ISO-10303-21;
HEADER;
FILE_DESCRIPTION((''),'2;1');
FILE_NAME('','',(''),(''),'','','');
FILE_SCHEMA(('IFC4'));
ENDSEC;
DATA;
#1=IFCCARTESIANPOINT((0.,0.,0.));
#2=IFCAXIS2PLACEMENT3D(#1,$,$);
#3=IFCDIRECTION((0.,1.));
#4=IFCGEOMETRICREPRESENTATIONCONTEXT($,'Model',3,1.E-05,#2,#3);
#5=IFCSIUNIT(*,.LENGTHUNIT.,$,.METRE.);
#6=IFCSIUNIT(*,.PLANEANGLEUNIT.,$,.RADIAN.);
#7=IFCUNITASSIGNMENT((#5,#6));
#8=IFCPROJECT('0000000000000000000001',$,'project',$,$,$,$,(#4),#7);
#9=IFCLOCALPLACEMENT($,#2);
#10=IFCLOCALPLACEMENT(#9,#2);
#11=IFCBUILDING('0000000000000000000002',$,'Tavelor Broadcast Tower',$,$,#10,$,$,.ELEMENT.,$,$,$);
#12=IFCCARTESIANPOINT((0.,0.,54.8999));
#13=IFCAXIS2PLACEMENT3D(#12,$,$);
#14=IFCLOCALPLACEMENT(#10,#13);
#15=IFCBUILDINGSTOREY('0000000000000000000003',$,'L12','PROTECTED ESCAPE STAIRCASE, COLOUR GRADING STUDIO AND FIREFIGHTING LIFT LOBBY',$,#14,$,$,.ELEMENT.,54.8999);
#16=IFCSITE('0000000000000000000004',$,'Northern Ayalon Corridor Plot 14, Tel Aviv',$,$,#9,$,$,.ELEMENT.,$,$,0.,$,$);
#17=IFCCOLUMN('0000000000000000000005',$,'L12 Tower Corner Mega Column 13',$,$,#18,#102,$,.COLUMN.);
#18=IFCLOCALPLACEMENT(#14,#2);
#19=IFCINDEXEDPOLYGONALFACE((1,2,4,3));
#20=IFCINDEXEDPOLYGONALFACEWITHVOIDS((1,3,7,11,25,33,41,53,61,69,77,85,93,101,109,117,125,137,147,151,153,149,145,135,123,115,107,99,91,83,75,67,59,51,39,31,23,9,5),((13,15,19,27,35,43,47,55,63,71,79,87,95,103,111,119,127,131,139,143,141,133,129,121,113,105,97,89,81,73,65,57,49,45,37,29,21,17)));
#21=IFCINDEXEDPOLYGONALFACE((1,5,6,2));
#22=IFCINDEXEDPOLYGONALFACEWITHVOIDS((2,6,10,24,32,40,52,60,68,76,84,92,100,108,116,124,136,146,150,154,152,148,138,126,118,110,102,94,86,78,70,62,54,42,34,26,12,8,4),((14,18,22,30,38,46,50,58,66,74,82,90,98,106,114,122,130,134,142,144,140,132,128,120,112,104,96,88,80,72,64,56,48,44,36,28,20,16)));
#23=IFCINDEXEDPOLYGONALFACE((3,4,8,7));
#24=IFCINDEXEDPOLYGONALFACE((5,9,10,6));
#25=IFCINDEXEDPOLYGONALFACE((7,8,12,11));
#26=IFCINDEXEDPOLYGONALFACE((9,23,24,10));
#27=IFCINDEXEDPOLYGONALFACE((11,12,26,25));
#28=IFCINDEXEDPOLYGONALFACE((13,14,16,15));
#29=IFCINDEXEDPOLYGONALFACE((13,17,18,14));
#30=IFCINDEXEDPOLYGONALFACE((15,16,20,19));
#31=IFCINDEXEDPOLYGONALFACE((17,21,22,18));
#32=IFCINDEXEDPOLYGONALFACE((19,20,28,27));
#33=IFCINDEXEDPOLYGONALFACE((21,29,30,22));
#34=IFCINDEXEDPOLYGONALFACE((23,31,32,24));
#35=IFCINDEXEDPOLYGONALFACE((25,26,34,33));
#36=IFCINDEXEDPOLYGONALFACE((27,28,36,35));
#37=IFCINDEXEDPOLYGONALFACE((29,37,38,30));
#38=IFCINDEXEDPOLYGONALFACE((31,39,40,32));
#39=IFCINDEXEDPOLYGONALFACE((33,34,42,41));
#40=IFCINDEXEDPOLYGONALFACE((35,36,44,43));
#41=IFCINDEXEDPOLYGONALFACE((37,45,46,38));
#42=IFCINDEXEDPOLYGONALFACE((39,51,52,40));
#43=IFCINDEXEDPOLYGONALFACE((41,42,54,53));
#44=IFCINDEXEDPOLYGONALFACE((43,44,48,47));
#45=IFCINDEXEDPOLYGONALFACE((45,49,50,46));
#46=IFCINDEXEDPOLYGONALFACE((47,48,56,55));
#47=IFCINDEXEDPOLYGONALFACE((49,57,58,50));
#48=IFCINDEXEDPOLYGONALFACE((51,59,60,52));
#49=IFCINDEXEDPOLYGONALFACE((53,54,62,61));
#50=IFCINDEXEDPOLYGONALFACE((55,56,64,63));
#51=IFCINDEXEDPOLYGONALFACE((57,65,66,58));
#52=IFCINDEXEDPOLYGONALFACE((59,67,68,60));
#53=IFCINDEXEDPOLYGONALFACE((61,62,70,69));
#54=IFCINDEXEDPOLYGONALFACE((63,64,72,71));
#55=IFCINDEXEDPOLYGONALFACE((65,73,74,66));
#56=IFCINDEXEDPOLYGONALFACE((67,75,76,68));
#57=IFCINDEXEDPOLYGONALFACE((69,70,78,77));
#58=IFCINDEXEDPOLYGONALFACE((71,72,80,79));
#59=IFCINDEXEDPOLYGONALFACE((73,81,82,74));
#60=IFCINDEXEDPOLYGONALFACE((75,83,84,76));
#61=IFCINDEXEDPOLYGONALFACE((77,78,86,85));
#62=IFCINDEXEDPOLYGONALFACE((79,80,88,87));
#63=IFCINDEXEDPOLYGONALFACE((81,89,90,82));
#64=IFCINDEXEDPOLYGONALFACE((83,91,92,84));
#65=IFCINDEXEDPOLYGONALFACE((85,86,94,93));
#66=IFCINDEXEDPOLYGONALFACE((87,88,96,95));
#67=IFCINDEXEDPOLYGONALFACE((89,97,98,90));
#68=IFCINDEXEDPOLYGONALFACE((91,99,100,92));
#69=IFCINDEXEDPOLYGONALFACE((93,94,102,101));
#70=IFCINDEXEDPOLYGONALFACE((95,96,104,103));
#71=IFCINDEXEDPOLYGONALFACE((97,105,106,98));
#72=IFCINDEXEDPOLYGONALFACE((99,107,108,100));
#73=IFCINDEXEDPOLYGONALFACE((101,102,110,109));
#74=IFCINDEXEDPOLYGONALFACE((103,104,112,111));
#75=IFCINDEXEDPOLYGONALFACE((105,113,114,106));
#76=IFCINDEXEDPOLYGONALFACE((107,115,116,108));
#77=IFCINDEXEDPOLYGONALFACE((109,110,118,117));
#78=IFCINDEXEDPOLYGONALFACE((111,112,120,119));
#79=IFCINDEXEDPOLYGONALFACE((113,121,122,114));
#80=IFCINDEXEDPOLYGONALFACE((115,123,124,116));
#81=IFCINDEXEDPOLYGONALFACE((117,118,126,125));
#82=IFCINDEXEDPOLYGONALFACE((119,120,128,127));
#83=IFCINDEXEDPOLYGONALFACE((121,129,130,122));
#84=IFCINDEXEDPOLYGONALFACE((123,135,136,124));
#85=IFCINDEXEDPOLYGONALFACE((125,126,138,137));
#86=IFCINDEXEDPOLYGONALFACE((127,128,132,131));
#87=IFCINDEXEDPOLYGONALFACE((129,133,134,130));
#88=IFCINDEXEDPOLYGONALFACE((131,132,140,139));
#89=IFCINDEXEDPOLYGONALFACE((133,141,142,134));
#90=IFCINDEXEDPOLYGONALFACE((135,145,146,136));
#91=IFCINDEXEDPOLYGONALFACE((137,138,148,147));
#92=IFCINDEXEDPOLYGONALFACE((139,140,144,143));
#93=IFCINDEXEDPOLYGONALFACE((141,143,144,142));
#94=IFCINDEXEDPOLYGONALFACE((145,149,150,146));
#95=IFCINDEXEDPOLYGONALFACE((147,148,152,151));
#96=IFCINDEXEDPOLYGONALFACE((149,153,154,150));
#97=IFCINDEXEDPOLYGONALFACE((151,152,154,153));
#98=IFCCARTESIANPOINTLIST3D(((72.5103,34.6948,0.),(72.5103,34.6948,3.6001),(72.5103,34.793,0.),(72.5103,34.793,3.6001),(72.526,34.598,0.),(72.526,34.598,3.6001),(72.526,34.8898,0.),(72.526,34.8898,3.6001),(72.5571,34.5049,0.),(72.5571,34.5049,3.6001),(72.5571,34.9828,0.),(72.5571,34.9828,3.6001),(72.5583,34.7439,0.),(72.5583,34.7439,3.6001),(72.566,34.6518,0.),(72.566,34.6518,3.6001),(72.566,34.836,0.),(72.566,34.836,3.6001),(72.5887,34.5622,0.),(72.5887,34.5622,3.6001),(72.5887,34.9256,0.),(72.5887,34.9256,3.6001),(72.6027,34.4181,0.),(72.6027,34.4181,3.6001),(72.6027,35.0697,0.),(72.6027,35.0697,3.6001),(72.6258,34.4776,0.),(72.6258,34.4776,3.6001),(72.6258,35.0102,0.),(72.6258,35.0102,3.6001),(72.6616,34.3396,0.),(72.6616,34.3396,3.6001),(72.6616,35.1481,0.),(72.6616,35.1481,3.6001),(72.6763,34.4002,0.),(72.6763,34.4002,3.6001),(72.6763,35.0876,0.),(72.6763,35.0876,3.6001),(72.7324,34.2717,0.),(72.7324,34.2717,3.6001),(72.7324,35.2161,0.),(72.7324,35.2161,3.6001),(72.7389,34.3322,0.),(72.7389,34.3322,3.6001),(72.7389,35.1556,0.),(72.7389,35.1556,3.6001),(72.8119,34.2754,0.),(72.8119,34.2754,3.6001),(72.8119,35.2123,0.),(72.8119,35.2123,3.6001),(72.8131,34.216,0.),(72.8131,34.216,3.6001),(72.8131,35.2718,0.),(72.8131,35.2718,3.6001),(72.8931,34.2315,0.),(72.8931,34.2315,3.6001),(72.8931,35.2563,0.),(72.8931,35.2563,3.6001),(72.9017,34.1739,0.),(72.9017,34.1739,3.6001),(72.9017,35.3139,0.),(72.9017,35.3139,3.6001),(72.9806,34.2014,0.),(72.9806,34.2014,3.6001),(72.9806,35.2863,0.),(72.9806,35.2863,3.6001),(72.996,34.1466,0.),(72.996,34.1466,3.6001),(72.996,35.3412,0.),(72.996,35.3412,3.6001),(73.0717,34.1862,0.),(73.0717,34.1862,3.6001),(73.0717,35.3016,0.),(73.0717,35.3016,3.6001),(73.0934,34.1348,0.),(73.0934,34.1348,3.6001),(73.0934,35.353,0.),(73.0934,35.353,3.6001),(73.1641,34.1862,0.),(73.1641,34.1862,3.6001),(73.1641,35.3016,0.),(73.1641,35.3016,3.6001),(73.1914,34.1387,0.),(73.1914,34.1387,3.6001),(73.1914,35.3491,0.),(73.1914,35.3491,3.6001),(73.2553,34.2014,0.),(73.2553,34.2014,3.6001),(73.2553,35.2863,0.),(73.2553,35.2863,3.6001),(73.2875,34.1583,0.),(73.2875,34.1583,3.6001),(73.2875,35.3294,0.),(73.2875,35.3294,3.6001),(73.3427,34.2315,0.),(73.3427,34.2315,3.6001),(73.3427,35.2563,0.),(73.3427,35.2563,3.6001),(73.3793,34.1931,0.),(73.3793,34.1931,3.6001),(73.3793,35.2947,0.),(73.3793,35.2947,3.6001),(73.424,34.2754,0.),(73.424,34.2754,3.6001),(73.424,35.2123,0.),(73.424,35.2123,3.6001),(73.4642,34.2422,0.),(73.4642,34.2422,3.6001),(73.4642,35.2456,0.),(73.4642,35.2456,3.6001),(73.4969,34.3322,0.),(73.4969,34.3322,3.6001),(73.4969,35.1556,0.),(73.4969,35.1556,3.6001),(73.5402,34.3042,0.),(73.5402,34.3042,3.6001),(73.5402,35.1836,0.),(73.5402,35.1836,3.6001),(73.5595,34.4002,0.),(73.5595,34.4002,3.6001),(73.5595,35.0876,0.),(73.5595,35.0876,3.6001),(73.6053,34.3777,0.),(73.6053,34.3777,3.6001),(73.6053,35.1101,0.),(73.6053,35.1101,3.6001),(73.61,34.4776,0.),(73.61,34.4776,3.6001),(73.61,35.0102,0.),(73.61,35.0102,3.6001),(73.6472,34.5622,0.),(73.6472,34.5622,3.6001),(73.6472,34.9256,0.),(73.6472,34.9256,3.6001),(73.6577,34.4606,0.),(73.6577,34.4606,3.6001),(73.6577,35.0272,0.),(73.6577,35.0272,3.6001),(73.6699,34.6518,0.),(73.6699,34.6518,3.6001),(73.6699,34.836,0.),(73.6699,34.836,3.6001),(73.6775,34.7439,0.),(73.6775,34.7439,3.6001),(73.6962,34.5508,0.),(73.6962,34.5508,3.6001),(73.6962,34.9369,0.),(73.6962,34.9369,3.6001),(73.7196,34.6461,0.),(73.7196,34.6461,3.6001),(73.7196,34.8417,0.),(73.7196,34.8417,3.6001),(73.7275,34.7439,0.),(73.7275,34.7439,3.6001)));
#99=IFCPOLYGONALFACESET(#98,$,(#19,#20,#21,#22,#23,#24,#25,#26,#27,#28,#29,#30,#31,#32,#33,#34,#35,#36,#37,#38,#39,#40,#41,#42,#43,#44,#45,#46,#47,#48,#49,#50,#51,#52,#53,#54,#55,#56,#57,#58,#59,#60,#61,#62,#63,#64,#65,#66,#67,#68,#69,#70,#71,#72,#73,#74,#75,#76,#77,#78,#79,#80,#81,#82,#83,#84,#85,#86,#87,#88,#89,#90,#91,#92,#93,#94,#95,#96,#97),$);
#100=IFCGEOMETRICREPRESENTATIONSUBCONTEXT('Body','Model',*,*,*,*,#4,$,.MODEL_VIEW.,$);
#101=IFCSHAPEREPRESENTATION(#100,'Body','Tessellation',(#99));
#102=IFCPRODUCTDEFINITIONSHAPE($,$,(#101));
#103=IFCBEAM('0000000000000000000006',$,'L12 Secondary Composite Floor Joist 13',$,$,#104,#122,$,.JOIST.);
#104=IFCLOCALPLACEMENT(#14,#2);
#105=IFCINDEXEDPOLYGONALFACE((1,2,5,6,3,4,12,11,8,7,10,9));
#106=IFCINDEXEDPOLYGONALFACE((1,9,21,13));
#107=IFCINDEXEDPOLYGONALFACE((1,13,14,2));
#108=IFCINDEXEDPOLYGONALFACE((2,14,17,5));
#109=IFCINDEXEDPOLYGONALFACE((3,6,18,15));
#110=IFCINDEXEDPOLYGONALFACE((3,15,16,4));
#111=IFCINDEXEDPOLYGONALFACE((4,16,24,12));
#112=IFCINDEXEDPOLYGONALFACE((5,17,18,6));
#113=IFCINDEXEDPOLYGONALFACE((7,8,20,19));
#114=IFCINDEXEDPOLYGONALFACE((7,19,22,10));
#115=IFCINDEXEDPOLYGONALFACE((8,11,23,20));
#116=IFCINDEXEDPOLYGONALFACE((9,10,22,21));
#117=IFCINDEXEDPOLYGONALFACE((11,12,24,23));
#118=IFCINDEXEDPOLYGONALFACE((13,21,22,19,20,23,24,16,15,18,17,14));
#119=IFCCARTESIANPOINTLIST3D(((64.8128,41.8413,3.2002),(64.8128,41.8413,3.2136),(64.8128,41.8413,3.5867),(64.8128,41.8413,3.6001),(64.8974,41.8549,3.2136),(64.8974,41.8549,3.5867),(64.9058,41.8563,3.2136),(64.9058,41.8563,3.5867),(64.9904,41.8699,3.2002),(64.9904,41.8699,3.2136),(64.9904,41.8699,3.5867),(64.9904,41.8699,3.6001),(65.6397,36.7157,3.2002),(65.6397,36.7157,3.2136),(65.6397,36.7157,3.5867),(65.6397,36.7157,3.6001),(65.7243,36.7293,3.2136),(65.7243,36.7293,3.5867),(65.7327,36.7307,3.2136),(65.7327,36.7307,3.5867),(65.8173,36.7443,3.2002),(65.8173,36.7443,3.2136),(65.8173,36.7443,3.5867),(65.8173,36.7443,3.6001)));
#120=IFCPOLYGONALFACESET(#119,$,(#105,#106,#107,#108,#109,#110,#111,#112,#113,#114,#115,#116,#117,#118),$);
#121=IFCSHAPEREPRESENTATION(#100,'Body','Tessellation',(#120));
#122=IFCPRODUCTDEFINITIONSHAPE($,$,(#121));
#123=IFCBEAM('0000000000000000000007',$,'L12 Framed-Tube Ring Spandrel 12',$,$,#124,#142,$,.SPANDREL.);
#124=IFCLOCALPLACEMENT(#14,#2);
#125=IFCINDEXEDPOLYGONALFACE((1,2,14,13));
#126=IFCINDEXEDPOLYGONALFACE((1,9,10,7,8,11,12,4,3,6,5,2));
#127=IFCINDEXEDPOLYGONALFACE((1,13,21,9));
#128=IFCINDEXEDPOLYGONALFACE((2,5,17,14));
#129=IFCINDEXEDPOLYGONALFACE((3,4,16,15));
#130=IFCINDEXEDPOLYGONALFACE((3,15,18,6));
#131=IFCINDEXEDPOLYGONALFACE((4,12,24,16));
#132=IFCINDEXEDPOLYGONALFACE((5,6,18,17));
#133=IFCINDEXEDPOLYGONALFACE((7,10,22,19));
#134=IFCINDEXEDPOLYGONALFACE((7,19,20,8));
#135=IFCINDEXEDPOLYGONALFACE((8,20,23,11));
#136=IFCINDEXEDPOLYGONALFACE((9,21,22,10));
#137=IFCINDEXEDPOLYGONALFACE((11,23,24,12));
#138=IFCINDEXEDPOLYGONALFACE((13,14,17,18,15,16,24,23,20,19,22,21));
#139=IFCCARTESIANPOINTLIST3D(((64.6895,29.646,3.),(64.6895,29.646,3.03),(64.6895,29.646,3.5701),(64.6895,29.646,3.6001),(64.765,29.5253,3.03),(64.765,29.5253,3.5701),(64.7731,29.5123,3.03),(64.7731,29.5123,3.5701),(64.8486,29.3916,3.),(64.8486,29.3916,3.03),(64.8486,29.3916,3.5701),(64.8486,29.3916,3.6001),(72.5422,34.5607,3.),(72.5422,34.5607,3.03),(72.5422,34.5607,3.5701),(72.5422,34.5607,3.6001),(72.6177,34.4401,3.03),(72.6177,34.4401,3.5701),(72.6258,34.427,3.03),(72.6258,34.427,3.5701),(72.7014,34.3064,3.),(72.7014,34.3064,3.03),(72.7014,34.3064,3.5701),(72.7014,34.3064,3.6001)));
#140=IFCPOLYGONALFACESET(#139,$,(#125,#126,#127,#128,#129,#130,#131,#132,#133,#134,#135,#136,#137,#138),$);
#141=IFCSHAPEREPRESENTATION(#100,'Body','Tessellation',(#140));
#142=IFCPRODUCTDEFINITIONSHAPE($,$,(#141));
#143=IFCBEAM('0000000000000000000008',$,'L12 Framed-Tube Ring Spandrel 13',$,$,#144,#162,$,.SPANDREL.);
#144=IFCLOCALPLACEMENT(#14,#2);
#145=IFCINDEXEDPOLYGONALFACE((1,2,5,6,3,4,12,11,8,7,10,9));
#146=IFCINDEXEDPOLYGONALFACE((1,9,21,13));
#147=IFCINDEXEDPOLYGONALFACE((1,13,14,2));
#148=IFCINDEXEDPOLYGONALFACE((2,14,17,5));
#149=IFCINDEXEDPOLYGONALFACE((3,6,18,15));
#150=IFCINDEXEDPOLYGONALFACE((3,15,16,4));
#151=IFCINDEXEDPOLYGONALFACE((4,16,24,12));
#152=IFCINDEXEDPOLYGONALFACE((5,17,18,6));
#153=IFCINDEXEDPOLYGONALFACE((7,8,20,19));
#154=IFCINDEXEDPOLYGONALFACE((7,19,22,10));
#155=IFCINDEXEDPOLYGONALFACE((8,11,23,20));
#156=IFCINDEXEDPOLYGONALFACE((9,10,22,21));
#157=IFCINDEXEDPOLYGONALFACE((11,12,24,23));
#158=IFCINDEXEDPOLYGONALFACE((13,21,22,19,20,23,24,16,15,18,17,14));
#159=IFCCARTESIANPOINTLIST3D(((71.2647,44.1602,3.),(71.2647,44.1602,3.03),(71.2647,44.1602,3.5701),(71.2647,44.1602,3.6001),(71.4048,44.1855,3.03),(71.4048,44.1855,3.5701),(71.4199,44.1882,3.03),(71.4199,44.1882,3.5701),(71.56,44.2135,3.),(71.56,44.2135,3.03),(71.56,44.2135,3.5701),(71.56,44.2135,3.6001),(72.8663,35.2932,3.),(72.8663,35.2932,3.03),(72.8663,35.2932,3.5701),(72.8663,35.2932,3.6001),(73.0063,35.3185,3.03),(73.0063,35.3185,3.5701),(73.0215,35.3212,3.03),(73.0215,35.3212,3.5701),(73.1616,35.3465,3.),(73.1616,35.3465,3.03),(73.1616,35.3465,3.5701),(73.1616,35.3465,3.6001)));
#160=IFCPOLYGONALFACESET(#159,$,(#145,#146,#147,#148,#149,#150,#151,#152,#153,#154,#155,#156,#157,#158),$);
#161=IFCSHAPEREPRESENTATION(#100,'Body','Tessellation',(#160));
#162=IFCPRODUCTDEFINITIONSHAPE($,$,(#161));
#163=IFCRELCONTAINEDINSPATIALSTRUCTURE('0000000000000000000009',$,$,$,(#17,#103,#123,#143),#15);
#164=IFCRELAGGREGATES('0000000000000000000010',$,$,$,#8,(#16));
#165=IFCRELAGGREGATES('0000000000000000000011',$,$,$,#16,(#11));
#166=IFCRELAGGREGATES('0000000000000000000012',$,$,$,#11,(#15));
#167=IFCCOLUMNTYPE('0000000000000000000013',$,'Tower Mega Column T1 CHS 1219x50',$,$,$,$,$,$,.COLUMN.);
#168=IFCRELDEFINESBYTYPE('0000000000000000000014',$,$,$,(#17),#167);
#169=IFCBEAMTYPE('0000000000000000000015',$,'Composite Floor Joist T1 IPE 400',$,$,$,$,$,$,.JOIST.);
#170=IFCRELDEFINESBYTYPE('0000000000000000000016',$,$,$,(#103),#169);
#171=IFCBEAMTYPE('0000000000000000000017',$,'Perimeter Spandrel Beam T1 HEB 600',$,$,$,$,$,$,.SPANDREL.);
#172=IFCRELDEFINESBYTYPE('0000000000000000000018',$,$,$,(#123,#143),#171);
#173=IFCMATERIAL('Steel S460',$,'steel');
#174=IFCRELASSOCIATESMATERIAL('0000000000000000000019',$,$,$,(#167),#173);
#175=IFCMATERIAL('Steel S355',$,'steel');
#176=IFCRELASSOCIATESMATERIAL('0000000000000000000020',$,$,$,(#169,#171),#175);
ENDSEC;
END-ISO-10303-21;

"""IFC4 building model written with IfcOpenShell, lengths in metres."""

from ifc_helpers import new_model, si_unit, direction, frame, origin, origin_2d, place, context, subcontext, project, spatial, hollow_circle, i_section, extrude, material, material_profile, profile_set, type_object, element, save


model = new_model("IFC4")

# Units and contexts
model_context = context("Model", 3, precision=1e-05, world=origin(), true_north=direction((0.0, 1.0)))
body_context = subcontext(model_context, "Body", "Model", "MODEL_VIEW")
ifc_project = project(units=[si_unit("LENGTHUNIT", "METRE"), si_unit("PLANEANGLEUNIT", "RADIAN")], contexts=[model_context])

# Site, building, storey
site_placement = place(None, origin())
site = spatial("IfcSite", under=ifc_project, at=site_placement, Name="Northern Ayalon Corridor Plot 14, Tel Aviv", CompositionType="ELEMENT", RefElevation=0.0)
building_placement = place(site_placement, origin())
building = spatial("IfcBuilding", under=site, at=building_placement, Name="Tavelor Broadcast Tower", CompositionType="ELEMENT")
storey_placement = place(building_placement, frame((0.0, 0.0, 54.8999)))
storey = spatial("IfcBuildingStorey", under=building, at=storey_placement, Name="L12", Description="PROTECTED ESCAPE STAIRCASE, COLOUR GRADING STUDIO AND FIREFIGHTING LIFT LOBBY", CompositionType="ELEMENT", Elevation=54.8999)

# Column
ifc_material_1 = material(Name="Steel S460", Category="steel")
ifc_material_profile_1 = material_profile(ifc_material_1, hollow_circle(Radius=0.6096, WallThickness=0.05, at=origin_2d()), Name="CHS 1219x50")
ifc_profile_set_1 = profile_set([ifc_material_profile_1], Name="Steel S460")
column_type = type_object("IfcColumnType", Name="Tower Mega Column T1 CHS 1219x50", PredefinedType="COLUMN", material=ifc_profile_set_1)
column_placement = place(storey_placement, frame((73.1179, 34.7439, 0.0), z_axis=(0.0, 0.0, 1.0), x_axis=(1.0, 0.0, 0.0)))
element("IfcColumn", 1, at=column_placement, inside=storey, type_object=column_type, Name="L12 Tower Corner Mega Column 13", PredefinedType="COLUMN", context=body_context, shape_type="SweptSolid", body=[
    extrude(hollow_circle(Radius=0.6096, WallThickness=0.05, at=origin_2d()), origin(), (0.0, 0.0, 1.0), 3.6001),
])

# Beams
ifc_material_2 = material(Name="Steel S355", Category="steel")
ifc_material_profile_2 = material_profile(ifc_material_2, i_section(OverallWidth=0.1799, OverallDepth=0.3999, WebThickness=0.0085, FlangeThickness=0.0134, at=origin_2d()), Name="IPE 400")
ifc_profile_set_2 = profile_set([ifc_material_profile_2], Name="Steel S355")
beam_type_1 = type_object("IfcBeamType", Name="Composite Floor Joist T1 IPE 400", PredefinedType="JOIST", material=ifc_profile_set_2)
beam_1_placement = place(storey_placement, frame((65.7285, 36.73, 3.4001), z_axis=(-0.159265, 0.987236, 0.0), x_axis=(-0.987236, -0.159265, 0.0)))
element("IfcBeam", 2, at=beam_1_placement, inside=storey, type_object=beam_type_1, Name="L12 Secondary Composite Floor Joist 13", PredefinedType="JOIST", context=body_context, shape_type="SweptSolid", body=[
    extrude(i_section(OverallWidth=0.1799, OverallDepth=0.3999, WebThickness=0.0085, FlangeThickness=0.0134, at=origin_2d()), origin(), (0.0, 0.0, 1.0), 5.1919),
])
ifc_material_profile_3 = material_profile(ifc_material_2, i_section(OverallWidth=0.3, OverallDepth=0.6001, WebThickness=0.0154, FlangeThickness=0.03, at=origin_2d()), Name="HEB 600")
ifc_profile_set_3 = profile_set([ifc_material_profile_3], Name="Steel S355")
beam_type_2 = type_object("IfcBeamType", Name="Perimeter Spandrel Beam T1 HEB 600", PredefinedType="SPANDREL", material=ifc_profile_set_3)
beam_2_placement = place(storey_placement, frame((64.769, 29.5188, 3.3), z_axis=(0.847668, 0.530527, 0.0), x_axis=(-0.530527, 0.847668, 0.0)))
element("IfcBeam", 3, at=beam_2_placement, inside=storey, type_object=beam_type_2, Name="L12 Framed-Tube Ring Spandrel 12", PredefinedType="SPANDREL", context=body_context, shape_type="SweptSolid", body=[
    extrude(i_section(OverallWidth=0.3, OverallDepth=0.6001, WebThickness=0.0154, FlangeThickness=0.03, at=origin_2d()), origin(), (0.0, 0.0, 1.0), 9.2639),
])
beam_3_placement = place(storey_placement, frame((73.0139, 35.3198, 3.3), z_axis=(-0.177746, 0.984076, 0.0), x_axis=(-0.984076, -0.177746, 0.0)))
element("IfcBeam", 4, at=beam_3_placement, inside=storey, type_object=beam_type_2, Name="L12 Framed-Tube Ring Spandrel 13", PredefinedType="SPANDREL", context=body_context, shape_type="SweptSolid", body=[
    extrude(i_section(OverallWidth=0.3, OverallDepth=0.6001, WebThickness=0.0154, FlangeThickness=0.03, at=origin_2d()), origin(), (0.0, 0.0, 1.0), 9.0105),
])

save(model, "model.ifc")
